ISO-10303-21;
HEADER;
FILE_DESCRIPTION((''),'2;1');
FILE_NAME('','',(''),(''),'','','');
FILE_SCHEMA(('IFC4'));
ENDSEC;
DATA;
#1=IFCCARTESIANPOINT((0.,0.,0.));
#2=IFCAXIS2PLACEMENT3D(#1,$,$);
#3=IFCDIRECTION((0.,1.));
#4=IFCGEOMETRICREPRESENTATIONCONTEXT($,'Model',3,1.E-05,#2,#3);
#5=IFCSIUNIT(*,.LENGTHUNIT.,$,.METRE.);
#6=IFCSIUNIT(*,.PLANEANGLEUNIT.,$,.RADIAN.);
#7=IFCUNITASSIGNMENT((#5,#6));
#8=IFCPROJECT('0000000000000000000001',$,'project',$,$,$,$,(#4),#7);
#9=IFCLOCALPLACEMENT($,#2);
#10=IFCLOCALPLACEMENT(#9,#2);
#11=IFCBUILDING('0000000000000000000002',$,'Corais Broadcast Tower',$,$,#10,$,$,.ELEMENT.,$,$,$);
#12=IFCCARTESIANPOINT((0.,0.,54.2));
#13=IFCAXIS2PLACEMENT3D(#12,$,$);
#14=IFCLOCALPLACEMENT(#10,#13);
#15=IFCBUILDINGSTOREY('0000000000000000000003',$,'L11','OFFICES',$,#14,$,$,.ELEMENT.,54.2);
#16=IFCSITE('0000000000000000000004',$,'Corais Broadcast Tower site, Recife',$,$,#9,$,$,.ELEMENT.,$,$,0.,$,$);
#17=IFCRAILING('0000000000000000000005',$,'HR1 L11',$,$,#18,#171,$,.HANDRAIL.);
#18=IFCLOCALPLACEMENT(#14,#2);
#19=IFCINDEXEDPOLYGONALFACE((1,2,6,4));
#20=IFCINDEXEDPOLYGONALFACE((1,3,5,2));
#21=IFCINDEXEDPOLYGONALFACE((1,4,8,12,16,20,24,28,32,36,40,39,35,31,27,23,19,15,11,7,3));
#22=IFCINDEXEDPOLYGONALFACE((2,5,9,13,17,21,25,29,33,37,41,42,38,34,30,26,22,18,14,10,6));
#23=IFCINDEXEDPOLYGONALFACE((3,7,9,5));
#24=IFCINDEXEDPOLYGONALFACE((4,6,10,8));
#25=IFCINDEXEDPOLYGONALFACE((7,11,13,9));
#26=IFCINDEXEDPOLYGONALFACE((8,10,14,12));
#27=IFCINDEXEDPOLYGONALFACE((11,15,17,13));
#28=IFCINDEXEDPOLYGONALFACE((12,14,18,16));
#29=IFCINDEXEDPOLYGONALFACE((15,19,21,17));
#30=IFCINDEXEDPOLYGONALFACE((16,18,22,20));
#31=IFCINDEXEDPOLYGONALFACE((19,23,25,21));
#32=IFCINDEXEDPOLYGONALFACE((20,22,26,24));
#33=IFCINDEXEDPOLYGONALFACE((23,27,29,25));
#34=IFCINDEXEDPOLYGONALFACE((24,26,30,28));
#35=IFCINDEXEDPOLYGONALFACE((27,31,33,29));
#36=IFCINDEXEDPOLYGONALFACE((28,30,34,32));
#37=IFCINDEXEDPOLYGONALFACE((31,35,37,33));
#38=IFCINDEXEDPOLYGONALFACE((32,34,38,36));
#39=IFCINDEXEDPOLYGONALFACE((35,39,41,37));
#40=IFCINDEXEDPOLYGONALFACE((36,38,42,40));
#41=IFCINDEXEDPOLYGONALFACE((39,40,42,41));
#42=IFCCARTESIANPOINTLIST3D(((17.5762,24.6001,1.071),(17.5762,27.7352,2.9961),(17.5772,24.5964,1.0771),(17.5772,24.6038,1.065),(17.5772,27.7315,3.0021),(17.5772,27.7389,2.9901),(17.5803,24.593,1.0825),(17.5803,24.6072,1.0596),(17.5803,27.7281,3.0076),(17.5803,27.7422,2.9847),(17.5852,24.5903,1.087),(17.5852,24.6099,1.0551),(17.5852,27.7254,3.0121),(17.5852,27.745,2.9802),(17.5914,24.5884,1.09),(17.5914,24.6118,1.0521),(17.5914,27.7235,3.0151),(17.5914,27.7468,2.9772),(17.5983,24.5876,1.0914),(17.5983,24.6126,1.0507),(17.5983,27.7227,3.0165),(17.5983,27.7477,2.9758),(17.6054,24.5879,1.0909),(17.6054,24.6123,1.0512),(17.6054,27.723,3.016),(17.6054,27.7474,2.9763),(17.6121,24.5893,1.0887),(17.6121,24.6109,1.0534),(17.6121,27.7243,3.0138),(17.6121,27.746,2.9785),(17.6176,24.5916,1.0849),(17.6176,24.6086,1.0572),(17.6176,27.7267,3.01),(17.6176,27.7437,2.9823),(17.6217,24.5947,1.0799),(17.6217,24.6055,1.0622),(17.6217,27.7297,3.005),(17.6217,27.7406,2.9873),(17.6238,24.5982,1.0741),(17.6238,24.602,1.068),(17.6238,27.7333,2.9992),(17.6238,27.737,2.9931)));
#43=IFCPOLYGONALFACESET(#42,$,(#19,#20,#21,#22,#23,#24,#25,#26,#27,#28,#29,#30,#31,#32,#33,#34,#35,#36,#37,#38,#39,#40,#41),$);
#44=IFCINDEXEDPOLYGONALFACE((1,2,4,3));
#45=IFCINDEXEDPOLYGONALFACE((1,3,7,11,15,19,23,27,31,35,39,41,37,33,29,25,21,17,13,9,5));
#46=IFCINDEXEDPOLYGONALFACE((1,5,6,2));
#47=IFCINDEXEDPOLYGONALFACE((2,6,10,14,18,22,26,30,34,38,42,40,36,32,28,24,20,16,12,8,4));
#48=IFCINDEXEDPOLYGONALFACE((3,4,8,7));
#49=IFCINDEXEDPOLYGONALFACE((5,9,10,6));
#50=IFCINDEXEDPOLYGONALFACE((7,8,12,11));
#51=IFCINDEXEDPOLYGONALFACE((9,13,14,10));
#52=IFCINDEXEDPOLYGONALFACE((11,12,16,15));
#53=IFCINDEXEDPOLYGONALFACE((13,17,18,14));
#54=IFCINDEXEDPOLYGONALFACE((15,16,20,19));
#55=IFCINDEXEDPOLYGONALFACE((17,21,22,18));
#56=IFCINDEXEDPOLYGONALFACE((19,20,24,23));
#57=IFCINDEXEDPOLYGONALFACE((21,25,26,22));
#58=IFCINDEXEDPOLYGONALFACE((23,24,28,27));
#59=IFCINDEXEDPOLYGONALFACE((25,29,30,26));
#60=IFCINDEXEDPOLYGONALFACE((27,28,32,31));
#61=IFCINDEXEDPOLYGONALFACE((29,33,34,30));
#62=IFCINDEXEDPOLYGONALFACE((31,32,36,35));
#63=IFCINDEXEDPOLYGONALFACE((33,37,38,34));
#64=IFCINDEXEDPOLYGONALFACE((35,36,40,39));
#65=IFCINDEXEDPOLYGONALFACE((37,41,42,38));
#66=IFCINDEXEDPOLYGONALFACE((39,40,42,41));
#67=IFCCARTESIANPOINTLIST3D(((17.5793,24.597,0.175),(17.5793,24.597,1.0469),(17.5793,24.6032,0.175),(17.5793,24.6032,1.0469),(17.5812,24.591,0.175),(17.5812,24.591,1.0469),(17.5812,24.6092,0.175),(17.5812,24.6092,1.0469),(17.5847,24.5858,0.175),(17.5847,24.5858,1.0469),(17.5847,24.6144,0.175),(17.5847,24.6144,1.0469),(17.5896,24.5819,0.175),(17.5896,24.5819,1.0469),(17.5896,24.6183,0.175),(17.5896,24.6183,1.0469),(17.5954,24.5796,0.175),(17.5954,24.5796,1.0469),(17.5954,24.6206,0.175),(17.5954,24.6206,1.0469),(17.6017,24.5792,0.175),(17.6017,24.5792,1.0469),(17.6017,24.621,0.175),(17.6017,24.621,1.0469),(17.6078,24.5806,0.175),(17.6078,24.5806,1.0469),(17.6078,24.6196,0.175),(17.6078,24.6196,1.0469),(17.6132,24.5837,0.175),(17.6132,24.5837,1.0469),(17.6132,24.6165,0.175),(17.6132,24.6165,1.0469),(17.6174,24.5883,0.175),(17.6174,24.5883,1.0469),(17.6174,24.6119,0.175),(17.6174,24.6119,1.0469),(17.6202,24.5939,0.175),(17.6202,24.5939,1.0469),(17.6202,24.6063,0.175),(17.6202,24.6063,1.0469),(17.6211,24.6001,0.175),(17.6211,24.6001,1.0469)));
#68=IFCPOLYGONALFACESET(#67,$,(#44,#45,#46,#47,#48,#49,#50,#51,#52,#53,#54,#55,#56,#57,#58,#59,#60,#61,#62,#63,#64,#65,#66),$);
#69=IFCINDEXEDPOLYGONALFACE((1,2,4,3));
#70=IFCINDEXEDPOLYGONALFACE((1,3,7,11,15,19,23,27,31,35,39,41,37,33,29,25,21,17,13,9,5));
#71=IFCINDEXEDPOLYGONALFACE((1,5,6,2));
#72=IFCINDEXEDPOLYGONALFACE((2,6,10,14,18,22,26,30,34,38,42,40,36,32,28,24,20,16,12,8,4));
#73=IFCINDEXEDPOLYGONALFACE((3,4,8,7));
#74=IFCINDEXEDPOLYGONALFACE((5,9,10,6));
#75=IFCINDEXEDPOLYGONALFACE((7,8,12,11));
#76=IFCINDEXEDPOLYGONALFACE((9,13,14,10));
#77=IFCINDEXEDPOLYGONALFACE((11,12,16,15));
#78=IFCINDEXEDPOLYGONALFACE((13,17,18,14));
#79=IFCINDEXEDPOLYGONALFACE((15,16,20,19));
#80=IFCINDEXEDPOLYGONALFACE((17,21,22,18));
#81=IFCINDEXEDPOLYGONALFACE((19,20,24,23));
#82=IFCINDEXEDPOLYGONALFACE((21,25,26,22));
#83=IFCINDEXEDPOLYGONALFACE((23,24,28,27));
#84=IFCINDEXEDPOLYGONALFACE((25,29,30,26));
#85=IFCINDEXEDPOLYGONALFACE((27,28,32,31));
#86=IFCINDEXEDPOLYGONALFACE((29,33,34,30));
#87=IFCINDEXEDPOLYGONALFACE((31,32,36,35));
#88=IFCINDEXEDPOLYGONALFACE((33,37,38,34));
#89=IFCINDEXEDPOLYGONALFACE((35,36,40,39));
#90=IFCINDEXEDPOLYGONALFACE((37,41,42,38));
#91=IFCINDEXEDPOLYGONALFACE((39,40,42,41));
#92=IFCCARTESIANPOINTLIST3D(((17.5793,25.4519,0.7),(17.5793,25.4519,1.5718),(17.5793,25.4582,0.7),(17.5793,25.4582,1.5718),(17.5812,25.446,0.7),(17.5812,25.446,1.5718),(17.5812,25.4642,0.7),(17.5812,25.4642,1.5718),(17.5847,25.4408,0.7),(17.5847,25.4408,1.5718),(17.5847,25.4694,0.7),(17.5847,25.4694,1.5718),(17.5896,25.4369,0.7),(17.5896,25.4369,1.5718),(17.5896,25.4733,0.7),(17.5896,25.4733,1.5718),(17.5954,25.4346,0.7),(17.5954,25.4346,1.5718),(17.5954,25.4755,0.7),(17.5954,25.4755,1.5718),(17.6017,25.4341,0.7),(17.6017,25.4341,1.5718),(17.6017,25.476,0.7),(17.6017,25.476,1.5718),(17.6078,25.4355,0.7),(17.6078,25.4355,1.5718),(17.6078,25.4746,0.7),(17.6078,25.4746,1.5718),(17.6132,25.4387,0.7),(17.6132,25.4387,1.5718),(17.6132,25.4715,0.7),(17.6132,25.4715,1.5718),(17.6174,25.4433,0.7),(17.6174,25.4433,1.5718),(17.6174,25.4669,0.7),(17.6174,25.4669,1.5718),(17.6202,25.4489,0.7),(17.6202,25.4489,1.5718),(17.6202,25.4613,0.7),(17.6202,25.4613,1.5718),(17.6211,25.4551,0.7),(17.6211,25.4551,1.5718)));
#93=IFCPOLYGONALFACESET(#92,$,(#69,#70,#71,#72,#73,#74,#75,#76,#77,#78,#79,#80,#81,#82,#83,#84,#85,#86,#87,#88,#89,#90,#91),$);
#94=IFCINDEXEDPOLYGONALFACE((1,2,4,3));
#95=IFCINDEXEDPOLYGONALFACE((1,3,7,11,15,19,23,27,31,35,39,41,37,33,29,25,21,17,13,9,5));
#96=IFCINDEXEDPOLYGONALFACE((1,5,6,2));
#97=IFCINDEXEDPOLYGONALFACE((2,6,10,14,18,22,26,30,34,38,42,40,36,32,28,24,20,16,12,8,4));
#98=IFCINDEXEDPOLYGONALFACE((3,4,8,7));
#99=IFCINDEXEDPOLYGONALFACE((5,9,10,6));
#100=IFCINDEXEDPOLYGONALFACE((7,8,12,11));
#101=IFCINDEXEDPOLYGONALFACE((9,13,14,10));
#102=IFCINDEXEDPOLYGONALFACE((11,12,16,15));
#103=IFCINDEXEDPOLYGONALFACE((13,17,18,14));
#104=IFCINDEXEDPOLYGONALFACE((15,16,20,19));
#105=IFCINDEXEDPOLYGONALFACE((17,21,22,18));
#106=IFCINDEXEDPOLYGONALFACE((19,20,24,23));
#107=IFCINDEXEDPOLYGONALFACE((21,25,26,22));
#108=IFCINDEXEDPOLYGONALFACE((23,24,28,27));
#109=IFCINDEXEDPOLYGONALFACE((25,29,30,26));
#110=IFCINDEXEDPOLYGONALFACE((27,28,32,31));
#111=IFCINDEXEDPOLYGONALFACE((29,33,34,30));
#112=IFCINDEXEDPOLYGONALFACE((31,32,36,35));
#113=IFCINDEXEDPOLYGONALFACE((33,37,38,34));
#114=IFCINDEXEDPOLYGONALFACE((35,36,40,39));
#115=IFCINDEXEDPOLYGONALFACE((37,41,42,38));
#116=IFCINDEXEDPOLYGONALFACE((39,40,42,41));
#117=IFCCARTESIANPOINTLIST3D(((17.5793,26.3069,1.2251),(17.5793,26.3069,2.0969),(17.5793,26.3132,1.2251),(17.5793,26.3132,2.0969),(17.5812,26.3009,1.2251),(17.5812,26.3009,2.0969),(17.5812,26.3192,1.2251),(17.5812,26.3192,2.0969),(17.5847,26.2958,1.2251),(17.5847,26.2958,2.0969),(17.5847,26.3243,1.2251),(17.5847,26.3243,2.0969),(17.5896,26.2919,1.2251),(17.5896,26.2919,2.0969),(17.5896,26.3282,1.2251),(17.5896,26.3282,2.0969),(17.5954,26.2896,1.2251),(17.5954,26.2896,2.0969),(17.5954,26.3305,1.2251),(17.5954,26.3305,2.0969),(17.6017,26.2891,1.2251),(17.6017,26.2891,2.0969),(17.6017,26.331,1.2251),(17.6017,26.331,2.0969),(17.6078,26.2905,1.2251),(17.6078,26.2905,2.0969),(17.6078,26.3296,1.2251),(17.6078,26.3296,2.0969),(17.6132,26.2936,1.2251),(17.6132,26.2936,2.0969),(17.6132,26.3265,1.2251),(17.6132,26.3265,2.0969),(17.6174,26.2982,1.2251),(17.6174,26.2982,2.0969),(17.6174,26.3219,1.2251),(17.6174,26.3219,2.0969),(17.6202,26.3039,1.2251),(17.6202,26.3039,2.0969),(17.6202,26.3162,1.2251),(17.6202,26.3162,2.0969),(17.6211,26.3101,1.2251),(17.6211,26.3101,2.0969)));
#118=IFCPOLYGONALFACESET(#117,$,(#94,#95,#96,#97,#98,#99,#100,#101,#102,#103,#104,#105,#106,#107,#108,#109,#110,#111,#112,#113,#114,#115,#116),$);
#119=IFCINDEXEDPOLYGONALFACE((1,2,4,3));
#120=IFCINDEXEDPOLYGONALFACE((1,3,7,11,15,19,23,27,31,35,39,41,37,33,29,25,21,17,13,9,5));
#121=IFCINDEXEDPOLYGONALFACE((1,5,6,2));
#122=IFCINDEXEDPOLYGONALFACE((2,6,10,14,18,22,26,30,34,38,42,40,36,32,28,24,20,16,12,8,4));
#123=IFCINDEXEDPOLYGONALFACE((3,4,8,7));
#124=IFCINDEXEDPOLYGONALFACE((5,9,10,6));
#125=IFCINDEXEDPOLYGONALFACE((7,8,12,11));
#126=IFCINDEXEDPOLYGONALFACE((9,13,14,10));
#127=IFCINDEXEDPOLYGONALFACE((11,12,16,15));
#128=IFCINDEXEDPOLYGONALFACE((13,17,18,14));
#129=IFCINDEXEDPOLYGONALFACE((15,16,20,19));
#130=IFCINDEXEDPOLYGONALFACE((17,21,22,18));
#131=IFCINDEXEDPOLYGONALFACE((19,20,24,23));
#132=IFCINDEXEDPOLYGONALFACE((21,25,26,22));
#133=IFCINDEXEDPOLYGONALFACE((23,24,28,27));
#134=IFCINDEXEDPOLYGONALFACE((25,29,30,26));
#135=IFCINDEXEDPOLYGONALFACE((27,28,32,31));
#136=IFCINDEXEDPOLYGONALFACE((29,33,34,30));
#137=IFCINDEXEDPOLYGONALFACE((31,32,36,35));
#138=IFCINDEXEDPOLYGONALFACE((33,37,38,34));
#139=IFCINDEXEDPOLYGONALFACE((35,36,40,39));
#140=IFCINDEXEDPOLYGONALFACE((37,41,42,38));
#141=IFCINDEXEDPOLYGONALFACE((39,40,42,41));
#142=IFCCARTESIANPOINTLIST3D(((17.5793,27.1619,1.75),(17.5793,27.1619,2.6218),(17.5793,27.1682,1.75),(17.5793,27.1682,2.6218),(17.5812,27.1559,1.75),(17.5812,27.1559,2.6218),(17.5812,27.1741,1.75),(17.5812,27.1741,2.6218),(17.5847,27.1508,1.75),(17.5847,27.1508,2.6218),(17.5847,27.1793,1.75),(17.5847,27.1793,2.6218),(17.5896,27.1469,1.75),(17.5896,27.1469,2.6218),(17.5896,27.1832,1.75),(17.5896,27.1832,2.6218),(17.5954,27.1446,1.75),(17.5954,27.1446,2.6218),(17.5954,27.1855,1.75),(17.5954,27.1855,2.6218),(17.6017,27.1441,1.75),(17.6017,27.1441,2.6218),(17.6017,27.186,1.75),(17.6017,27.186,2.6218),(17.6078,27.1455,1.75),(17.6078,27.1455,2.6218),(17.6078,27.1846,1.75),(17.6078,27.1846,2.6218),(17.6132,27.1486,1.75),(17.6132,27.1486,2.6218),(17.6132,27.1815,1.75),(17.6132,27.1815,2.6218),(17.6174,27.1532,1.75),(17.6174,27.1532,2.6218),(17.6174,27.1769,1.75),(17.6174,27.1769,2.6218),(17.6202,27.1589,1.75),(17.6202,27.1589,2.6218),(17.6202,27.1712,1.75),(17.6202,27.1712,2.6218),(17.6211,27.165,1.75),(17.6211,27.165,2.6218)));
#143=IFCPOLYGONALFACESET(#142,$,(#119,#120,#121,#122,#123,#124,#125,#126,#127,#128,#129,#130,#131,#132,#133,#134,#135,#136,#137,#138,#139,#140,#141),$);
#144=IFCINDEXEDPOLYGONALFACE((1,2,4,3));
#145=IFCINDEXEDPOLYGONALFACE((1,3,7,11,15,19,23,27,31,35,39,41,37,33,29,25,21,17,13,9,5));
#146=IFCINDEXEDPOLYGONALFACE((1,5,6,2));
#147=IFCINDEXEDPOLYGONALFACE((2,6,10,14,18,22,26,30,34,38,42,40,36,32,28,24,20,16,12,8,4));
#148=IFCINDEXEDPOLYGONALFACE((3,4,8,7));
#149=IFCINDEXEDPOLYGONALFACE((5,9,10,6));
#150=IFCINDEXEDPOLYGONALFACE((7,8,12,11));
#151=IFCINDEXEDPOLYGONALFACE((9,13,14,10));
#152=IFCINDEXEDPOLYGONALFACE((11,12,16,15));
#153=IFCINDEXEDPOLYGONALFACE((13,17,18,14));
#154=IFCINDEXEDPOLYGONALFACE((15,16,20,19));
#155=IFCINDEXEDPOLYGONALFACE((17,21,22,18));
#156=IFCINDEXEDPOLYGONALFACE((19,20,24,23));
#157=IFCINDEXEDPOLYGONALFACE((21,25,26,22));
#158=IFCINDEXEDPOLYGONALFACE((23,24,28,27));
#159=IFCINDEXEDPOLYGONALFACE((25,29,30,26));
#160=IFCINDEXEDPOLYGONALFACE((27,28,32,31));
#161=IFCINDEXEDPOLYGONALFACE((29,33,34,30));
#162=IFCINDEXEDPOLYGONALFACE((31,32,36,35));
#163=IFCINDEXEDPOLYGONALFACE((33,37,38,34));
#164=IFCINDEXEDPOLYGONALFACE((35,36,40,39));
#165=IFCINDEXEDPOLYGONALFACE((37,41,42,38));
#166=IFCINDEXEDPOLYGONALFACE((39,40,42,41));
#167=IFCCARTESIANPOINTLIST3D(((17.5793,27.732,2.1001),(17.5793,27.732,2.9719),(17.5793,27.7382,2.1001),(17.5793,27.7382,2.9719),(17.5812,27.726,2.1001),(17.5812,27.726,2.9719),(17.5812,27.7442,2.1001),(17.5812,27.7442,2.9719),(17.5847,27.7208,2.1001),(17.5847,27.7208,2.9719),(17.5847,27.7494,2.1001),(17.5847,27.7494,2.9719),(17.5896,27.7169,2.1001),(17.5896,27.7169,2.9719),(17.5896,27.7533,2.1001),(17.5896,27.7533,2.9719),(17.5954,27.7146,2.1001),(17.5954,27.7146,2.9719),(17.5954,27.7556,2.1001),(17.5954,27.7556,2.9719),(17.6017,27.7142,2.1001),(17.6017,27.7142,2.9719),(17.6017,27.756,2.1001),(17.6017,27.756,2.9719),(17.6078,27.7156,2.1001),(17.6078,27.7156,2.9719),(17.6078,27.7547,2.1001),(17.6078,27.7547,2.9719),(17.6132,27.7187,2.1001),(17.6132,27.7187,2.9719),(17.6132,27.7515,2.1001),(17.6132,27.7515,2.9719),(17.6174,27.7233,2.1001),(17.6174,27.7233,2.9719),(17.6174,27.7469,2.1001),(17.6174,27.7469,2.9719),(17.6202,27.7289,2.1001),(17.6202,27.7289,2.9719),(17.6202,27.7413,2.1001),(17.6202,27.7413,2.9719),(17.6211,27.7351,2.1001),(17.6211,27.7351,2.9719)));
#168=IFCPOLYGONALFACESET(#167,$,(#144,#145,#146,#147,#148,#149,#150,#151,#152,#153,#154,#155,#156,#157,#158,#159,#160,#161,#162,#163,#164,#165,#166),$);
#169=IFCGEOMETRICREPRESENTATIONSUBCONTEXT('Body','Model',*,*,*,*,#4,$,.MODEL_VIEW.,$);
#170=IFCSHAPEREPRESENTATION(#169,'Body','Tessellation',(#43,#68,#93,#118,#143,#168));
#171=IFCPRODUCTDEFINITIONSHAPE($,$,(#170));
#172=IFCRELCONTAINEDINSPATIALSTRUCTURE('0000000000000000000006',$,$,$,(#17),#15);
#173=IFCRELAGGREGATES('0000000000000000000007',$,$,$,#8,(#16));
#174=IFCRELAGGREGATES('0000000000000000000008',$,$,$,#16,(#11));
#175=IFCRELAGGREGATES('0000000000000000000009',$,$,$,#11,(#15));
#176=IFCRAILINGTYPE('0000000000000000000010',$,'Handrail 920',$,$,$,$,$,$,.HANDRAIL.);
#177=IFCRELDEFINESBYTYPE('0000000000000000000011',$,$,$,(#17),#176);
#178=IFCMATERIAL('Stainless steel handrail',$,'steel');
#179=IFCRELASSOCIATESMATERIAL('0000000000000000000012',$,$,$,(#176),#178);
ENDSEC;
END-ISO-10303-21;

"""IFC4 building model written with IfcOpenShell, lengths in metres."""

from ifc_helpers import new_model, si_unit, direction, frame, origin, origin_2d, place, context, subcontext, project, spatial, circle, extrude, material, type_object, element, save


model = new_model("IFC4")

# Units and contexts
model_context = context("Model", 3, precision=1e-05, world=origin(), true_north=direction((0.0, 1.0)))
body_context = subcontext(model_context, "Body", "Model", "MODEL_VIEW")
ifc_project = project(units=[si_unit("LENGTHUNIT", "METRE"), si_unit("PLANEANGLEUNIT", "RADIAN")], contexts=[model_context])

# Site, building, storey
site_placement = place(None, origin())
site = spatial("IfcSite", under=ifc_project, at=site_placement, Name="Corais Broadcast Tower site, Recife", CompositionType="ELEMENT", RefElevation=0.0)
building_placement = place(site_placement, origin())
building = spatial("IfcBuilding", under=site, at=building_placement, Name="Corais Broadcast Tower", CompositionType="ELEMENT")
storey_placement = place(building_placement, frame((0.0, 0.0, 54.2)))
storey = spatial("IfcBuildingStorey", under=building, at=storey_placement, Name="L11", Description="OFFICES", CompositionType="ELEMENT", Elevation=54.2)

# Railing
ifc_material_1 = material(Name="Stainless steel handrail", Category="steel")
railing_type = type_object("IfcRailingType", Name="Handrail 920", PredefinedType="HANDRAIL", material=ifc_material_1)
for number, where, name in (
    (1, (17.6001, 24.6001, 0.175), "HR1 L11"),
):
    element("IfcRailing", number, at=place(storey_placement, frame(where)), inside=storey, type_object=railing_type, Name=name, PredefinedType="HANDRAIL", context=body_context, shape_type="SweptSolid", body=[
        extrude(circle(Radius=0.0239, at=origin_2d()), frame((0.0, 0.0, 0.896), z_axis=(0.0, 0.852166, 0.523271), x_axis=(-1.0, 0.0, 0.0)), (0.0, 0.0, 1.0), 3.679),
        extrude(circle(Radius=0.021, at=origin_2d()), origin(), (0.0, 0.0, 1.0), 0.8718),
        extrude(circle(Radius=0.021, at=origin_2d()), frame((0.0, 0.855, 0.5249)), (0.0, 0.0, 1.0), 0.8718),
        extrude(circle(Radius=0.021, at=origin_2d()), frame((0.0, 1.71, 1.05)), (0.0, 0.0, 1.0), 0.8718),
        extrude(circle(Radius=0.021, at=origin_2d()), frame((0.0, 2.5649, 1.575)), (0.0, 0.0, 1.0), 0.8718),
        extrude(circle(Radius=0.021, at=origin_2d()), frame((0.0, 3.135, 1.925)), (0.0, 0.0, 1.0), 0.8718),
    ])

save(model, "model.ifc")
